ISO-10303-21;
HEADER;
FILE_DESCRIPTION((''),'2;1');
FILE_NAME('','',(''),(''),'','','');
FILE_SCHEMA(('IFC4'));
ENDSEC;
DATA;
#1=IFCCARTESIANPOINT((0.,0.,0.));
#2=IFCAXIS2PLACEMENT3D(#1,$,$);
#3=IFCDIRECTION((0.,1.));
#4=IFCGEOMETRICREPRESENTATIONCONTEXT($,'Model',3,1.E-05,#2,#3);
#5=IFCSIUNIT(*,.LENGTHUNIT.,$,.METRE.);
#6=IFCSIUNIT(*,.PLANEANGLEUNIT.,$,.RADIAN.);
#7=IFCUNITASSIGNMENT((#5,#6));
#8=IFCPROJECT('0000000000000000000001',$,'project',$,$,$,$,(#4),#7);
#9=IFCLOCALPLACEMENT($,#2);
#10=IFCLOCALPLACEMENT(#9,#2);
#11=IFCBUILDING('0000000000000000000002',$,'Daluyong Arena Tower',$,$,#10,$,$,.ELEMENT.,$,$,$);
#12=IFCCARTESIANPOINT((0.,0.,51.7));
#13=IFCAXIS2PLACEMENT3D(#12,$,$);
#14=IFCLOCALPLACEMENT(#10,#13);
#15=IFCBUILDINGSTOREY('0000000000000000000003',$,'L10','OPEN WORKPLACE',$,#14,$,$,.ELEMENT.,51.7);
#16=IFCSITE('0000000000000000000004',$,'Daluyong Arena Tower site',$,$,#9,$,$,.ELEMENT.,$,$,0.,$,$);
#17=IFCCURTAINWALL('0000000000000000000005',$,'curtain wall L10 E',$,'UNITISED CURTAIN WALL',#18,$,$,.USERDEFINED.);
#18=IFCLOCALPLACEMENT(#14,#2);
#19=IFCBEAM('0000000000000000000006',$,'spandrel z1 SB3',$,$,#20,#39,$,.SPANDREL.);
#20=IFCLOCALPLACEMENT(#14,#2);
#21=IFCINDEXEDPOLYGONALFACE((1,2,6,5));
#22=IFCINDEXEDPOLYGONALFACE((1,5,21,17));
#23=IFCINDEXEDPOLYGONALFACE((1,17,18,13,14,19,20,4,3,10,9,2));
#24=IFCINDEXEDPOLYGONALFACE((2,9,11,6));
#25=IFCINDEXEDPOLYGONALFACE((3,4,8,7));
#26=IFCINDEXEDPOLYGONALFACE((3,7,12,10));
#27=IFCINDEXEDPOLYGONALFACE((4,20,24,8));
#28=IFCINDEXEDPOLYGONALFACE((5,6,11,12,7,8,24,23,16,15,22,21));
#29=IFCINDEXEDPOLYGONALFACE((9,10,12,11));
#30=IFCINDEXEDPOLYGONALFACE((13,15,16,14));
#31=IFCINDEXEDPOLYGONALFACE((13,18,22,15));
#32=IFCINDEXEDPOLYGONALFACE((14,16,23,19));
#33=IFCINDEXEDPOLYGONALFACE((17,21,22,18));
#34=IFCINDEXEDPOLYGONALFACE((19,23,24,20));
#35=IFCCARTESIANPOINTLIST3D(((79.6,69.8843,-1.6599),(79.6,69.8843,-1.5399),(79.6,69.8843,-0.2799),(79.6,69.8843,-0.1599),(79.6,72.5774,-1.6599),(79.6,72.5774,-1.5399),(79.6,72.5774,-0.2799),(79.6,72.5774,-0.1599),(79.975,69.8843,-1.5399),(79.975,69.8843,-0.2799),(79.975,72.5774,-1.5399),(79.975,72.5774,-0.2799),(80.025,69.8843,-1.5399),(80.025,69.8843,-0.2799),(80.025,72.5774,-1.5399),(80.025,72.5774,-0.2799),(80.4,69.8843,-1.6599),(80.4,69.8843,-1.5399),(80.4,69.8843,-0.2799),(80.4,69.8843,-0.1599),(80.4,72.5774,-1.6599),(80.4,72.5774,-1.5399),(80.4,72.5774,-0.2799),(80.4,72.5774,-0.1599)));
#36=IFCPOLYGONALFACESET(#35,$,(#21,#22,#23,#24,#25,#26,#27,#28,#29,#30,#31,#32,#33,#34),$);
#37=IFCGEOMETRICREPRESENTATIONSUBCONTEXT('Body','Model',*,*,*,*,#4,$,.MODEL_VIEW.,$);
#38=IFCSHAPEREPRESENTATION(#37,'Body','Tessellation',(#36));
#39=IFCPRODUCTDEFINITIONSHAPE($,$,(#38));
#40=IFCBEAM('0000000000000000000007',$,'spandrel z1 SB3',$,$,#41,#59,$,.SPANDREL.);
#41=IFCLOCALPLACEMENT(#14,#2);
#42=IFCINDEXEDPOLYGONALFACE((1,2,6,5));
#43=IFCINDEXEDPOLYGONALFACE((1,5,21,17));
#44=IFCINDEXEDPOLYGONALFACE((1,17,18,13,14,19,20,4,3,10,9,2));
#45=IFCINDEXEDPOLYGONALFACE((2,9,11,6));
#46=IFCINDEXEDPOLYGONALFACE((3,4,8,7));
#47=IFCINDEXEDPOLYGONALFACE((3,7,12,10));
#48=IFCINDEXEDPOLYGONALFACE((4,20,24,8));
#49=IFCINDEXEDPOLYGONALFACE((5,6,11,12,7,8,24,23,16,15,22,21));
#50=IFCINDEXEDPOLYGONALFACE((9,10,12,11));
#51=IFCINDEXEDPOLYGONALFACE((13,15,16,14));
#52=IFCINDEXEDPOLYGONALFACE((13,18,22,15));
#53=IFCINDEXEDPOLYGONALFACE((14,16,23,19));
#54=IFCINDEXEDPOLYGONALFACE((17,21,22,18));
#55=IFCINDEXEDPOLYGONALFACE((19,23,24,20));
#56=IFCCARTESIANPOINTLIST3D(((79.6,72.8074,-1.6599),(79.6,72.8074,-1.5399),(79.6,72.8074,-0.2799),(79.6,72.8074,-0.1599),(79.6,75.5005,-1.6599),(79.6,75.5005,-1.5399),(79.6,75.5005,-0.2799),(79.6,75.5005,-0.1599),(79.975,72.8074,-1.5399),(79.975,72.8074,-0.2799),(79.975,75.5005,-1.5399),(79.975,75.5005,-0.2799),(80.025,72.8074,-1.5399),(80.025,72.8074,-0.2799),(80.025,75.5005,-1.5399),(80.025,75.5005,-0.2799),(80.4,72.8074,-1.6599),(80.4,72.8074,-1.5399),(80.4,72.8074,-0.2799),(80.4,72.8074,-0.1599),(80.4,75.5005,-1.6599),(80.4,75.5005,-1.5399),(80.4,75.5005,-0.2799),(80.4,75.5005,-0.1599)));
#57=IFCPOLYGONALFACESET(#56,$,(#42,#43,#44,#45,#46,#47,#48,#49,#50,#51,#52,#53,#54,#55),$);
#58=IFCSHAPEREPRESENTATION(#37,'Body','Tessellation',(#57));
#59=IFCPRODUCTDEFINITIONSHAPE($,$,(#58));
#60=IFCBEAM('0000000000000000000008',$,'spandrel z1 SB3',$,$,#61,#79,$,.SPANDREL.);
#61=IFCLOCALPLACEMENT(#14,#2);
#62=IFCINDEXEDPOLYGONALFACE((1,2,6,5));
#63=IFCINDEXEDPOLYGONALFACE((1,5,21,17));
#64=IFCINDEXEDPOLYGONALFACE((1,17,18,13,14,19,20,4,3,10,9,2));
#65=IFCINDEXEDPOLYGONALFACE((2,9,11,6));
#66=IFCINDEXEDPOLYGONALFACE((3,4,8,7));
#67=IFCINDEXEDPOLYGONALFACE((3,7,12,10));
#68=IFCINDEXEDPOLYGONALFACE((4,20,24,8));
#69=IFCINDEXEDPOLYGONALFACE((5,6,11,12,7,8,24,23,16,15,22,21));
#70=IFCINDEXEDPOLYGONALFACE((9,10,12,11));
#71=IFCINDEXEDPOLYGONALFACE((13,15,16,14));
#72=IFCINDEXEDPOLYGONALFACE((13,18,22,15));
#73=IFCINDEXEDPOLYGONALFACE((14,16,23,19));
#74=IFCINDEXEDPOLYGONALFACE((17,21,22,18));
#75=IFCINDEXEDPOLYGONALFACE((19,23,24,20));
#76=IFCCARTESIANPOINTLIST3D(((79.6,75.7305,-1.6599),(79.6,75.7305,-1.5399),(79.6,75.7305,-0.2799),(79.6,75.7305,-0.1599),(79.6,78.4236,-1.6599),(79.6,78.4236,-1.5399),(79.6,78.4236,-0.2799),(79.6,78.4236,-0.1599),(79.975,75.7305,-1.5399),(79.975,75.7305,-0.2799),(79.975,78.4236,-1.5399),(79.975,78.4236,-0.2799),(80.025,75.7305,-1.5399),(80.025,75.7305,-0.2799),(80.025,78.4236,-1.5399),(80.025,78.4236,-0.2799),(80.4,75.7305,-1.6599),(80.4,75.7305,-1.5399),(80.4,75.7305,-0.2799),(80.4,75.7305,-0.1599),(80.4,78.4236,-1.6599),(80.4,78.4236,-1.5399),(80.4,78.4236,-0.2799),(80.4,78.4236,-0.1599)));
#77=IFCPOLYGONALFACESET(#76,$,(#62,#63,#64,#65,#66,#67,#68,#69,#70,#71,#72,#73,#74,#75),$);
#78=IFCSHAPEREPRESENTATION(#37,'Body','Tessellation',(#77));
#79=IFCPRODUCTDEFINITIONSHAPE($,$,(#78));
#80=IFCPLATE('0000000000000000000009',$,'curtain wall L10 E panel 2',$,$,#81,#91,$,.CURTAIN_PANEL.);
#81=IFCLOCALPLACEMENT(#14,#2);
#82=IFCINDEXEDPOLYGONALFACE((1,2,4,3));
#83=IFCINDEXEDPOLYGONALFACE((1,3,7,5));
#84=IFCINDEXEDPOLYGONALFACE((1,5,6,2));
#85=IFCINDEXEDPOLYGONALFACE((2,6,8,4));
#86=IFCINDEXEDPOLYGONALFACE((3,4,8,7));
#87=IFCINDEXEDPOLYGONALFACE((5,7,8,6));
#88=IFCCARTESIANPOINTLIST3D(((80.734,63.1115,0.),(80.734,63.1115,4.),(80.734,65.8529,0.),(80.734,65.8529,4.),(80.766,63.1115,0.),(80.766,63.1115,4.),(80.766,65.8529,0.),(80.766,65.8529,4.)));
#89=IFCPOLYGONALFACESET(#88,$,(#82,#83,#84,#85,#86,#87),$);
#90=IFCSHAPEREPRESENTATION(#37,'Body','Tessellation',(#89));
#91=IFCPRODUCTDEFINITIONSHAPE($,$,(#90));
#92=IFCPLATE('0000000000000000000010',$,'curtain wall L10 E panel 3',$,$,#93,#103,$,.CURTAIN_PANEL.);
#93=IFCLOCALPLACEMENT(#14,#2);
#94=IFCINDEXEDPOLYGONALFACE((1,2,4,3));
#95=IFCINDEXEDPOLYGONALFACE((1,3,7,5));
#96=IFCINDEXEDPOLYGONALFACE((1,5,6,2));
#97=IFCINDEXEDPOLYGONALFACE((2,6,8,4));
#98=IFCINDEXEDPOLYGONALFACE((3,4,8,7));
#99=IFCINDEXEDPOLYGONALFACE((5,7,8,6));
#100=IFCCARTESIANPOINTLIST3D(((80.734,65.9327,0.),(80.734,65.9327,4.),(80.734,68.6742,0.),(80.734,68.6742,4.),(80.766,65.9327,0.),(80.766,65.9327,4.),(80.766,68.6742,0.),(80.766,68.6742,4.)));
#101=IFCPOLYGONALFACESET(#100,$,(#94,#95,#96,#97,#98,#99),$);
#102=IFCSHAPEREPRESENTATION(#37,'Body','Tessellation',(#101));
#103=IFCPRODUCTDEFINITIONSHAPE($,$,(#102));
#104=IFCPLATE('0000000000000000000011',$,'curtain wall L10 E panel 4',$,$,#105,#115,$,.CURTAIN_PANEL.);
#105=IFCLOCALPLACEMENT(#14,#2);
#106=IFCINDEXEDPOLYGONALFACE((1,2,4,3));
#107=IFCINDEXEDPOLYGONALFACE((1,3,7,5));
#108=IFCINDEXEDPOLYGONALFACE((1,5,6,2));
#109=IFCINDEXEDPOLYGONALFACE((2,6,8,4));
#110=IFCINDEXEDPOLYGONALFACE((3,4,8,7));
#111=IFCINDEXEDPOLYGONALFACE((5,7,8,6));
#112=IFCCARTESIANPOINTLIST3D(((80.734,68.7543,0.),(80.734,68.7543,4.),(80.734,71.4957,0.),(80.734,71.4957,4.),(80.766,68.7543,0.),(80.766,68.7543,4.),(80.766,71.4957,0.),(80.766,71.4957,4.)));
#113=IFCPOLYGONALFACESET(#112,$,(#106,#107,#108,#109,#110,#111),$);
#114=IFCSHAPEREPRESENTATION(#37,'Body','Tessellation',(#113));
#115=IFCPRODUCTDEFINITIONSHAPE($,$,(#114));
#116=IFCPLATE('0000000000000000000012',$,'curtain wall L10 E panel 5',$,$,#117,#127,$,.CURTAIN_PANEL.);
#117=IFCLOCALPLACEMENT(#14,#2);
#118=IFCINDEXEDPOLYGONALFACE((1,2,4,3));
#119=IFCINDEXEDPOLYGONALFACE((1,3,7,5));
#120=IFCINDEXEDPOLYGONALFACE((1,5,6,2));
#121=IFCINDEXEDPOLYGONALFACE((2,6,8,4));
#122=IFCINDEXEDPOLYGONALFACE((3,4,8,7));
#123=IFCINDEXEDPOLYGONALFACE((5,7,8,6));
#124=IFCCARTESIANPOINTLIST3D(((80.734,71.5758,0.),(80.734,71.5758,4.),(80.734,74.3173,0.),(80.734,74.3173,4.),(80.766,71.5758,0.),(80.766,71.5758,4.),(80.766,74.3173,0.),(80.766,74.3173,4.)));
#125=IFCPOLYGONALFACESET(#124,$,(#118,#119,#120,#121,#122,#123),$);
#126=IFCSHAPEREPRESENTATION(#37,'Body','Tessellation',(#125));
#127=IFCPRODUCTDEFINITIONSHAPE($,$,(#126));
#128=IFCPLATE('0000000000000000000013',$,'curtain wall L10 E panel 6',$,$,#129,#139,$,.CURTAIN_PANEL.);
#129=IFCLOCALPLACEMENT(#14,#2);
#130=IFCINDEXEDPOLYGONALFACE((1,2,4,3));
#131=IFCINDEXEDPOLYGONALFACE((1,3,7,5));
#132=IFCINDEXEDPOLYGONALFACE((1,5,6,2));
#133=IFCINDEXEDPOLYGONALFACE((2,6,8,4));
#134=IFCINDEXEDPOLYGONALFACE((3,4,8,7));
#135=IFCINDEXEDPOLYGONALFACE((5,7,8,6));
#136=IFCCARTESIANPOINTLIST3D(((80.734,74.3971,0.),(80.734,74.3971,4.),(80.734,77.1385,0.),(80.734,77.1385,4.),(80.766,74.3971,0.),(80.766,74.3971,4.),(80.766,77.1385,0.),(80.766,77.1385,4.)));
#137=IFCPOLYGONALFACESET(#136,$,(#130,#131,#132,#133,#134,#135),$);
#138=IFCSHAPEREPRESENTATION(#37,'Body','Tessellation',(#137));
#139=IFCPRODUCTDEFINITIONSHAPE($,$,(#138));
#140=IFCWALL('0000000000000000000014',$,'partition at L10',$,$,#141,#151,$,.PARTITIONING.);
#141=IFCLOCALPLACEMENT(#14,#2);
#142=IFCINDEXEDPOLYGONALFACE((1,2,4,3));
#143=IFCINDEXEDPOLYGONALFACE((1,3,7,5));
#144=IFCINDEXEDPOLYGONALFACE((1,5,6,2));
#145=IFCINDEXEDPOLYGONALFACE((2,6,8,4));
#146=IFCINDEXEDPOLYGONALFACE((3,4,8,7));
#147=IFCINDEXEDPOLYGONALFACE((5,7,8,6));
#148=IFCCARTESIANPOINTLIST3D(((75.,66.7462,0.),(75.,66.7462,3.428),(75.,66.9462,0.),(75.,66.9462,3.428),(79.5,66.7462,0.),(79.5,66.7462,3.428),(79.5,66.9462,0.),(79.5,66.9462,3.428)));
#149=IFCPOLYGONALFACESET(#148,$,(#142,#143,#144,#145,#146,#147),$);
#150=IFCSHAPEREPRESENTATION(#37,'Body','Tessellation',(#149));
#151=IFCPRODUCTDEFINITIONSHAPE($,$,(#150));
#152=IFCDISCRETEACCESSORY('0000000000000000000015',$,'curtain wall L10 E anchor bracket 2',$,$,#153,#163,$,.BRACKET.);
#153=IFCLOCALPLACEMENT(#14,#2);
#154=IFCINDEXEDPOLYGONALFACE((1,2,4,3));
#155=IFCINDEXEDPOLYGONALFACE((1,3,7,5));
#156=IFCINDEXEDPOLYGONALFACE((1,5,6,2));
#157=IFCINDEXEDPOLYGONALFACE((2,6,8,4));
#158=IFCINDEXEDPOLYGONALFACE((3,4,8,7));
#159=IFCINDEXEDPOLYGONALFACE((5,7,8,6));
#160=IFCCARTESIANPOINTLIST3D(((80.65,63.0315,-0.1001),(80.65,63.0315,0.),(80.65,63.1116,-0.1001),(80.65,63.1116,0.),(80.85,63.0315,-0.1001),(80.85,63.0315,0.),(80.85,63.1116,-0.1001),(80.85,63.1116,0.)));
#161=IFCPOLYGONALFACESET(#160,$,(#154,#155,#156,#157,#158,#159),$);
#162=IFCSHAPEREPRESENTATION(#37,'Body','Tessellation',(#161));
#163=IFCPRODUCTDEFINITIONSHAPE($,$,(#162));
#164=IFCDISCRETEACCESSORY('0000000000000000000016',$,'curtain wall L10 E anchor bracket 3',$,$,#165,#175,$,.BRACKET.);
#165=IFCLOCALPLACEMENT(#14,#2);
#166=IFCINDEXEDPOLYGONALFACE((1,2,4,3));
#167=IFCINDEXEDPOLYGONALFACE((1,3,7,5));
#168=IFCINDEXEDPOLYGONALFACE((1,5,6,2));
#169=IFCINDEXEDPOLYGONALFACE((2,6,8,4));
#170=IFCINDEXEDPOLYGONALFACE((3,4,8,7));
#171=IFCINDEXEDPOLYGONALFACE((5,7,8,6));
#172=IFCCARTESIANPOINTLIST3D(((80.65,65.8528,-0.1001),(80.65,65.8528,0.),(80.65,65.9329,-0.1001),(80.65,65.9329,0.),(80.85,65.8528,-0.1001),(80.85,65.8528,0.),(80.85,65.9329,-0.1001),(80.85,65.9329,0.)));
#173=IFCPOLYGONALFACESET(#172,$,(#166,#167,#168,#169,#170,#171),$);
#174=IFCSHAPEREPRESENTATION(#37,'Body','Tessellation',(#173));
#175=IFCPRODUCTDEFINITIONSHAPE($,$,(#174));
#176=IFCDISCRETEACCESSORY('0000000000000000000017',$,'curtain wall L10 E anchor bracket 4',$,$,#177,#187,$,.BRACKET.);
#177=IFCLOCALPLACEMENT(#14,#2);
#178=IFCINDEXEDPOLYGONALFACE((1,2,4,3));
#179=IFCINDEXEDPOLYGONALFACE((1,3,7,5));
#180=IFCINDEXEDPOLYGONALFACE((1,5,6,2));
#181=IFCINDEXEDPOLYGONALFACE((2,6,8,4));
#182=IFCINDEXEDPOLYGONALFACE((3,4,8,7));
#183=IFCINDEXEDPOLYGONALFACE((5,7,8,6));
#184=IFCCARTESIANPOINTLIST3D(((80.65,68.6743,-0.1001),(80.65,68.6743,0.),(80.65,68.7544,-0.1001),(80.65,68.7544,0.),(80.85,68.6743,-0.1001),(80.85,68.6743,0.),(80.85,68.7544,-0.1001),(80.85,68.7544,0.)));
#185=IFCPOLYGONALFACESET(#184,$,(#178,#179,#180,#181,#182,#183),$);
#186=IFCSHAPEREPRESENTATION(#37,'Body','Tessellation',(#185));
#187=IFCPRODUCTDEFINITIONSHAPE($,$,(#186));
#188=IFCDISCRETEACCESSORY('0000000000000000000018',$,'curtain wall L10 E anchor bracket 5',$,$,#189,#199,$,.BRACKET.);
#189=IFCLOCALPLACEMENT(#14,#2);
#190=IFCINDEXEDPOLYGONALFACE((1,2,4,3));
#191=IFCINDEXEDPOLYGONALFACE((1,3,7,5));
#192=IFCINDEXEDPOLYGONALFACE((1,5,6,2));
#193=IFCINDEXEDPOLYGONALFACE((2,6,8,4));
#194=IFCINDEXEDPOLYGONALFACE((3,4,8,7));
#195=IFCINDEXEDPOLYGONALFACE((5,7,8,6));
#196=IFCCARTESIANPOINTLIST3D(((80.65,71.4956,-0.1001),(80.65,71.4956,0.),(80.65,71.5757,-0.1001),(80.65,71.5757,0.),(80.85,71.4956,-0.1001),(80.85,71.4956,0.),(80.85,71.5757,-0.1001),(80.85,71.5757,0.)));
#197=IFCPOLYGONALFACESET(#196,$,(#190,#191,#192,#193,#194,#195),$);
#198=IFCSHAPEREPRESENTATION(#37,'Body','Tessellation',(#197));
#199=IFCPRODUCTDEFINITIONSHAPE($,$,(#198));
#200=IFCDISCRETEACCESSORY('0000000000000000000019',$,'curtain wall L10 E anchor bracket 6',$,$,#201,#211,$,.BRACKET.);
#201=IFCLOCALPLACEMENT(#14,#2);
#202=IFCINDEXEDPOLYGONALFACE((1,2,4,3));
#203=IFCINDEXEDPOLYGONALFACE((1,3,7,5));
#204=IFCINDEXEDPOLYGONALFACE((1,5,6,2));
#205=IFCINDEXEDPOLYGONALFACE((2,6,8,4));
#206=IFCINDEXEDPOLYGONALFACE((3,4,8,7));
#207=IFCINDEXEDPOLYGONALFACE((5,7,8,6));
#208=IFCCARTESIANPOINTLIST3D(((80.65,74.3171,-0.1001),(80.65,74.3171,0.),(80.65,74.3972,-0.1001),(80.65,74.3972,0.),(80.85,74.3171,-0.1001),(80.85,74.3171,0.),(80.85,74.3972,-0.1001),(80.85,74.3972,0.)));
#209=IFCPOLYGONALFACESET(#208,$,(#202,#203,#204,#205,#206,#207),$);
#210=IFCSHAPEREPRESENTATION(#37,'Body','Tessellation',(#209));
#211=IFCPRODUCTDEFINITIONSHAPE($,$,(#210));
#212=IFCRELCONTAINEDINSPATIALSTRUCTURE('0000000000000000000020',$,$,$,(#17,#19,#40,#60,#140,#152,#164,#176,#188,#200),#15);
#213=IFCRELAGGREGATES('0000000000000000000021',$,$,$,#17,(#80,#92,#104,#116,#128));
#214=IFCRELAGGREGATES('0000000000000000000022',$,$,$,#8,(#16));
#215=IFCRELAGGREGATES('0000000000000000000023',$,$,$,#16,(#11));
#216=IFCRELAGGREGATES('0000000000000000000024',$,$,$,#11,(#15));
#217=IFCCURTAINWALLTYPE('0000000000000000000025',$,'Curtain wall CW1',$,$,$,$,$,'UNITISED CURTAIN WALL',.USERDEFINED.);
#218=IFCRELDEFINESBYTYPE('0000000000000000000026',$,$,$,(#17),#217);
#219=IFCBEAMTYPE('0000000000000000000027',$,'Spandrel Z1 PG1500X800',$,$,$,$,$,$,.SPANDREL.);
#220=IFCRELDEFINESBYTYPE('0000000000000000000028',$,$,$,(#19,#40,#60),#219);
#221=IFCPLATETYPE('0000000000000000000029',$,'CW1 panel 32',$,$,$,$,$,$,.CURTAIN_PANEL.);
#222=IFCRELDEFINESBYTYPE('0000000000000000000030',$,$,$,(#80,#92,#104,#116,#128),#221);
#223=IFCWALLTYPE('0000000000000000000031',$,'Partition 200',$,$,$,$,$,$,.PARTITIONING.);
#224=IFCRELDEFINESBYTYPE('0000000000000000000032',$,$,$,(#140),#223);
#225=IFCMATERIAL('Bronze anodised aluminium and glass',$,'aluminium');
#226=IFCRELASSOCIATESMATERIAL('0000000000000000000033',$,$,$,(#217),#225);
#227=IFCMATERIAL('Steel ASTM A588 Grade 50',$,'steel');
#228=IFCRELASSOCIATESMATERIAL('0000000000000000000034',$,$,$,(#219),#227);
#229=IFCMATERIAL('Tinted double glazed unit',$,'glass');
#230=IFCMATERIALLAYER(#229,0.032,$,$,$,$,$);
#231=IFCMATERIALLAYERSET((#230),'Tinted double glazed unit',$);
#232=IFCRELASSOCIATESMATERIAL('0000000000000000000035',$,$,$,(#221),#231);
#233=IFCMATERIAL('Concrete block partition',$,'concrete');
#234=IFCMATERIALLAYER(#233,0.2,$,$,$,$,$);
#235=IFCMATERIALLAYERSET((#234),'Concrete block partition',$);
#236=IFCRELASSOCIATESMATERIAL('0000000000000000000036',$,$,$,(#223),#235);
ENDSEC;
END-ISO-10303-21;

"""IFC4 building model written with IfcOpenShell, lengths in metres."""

from ifc_helpers import new_model, si_unit, direction, frame, frame_2d, origin, origin_2d, place, context, subcontext, project, spatial, rectangle, i_section, extrude, material, layer, layer_set, material_profile, profile_set, type_object, element, aggregate, save


model = new_model("IFC4")

# Units and contexts
model_context = context("Model", 3, precision=1e-05, world=origin(), true_north=direction((0.0, 1.0)))
body_context = subcontext(model_context, "Body", "Model", "MODEL_VIEW")
ifc_project = project(units=[si_unit("LENGTHUNIT", "METRE"), si_unit("PLANEANGLEUNIT", "RADIAN")], contexts=[model_context])

# Site, building, storey
site_placement = place(None, origin())
site = spatial("IfcSite", under=ifc_project, at=site_placement, Name="Daluyong Arena Tower site", CompositionType="ELEMENT", RefElevation=0.0)
building_placement = place(site_placement, origin())
building = spatial("IfcBuilding", under=site, at=building_placement, Name="Daluyong Arena Tower", CompositionType="ELEMENT")
storey_placement = place(building_placement, frame((0.0, 0.0, 51.7)))
storey = spatial("IfcBuildingStorey", under=building, at=storey_placement, Name="L10", Description="OPEN WORKPLACE", CompositionType="ELEMENT", Elevation=51.7)

# Curtain wall
ifc_material_1 = material(Name="Bronze anodised aluminium and glass", Category="aluminium")
curtain_wall_type = type_object("IfcCurtainWallType", Name="Curtain wall CW1", ElementType="UNITISED CURTAIN WALL", PredefinedType="USERDEFINED", material=ifc_material_1)
curtain_wall_placement = place(storey_placement, origin())
curtain_wall = element("IfcCurtainWall", 1, at=curtain_wall_placement, inside=storey, type_object=curtain_wall_type, Name="curtain wall L10 E", ObjectType="UNITISED CURTAIN WALL", PredefinedType="USERDEFINED")

# Beams
ifc_material_2 = material(Name="Steel ASTM A588 Grade 50", Category="steel")
ifc_material_profile_1 = material_profile(ifc_material_2, i_section(OverallWidth=0.8, OverallDepth=1.5, WebThickness=0.05, FlangeThickness=0.12, at=origin_2d()))
ifc_profile_set_1 = profile_set([ifc_material_profile_1], Name="Steel ASTM A588 Grade 50")
beam_type_1 = type_object("IfcBeamType", Name="Spandrel Z1 PG1500X800", PredefinedType="SPANDREL", material=ifc_profile_set_1)
for number, where, z_axis, x_axis, name in (
    (2, (80.0, 69.8843, -0.9099), (0.0, 1.0, 0.0), (-1.0, 0.0, 0.0), "spandrel z1 SB3"),
    (3, (80.0, 72.8074, -0.9099), (0.0, 1.0, 0.0), (-1.0, 0.0, 0.0), "spandrel z1 SB3"),
    (4, (80.0, 75.7305, -0.9099), (0.0, 1.0, 0.0), (-1.0, 0.0, 0.0), "spandrel z1 SB3"),
):
    element("IfcBeam", number, at=place(storey_placement, frame(where, z_axis=z_axis, x_axis=x_axis)), inside=storey, type_object=beam_type_1, Name=name, PredefinedType="SPANDREL", context=body_context, shape_type="SweptSolid", body=[
        extrude(i_section(OverallWidth=0.8, OverallDepth=1.5, WebThickness=0.05, FlangeThickness=0.12, at=origin_2d()), origin(), (0.0, 0.0, 1.0), 2.6931),
    ])

# Plates
ifc_material_3 = material(Name="Tinted double glazed unit", Category="glass")
ifc_layer_1 = layer(ifc_material_3, 0.032)
ifc_layer_set_1 = layer_set([ifc_layer_1], Name="Tinted double glazed unit")
plate_type = type_object("IfcPlateType", Name="CW1 panel 32", PredefinedType="CURTAIN_PANEL", material=ifc_layer_set_1)
plate_1_placement = place(storey_placement, frame((80.75, 64.4822, 0.0), z_axis=(0.0, 0.0, 1.0), x_axis=(0.0, 1.0, 0.0)))
plate_1 = element("IfcPlate", 5, at=plate_1_placement, type_object=plate_type, Name="curtain wall L10 E panel 2", PredefinedType="CURTAIN_PANEL", context=body_context, shape_type="SweptSolid", body=[
    extrude(rectangle(XDim=2.7415, YDim=0.032, at=origin_2d()), origin(), (0.0, 0.0, 1.0), 4.0),
])
plate_2_placement = place(storey_placement, frame((80.75, 67.3035, 0.0), z_axis=(0.0, 0.0, 1.0), x_axis=(0.0, 1.0, 0.0)))
plate_2 = element("IfcPlate", 6, at=plate_2_placement, type_object=plate_type, Name="curtain wall L10 E panel 3", PredefinedType="CURTAIN_PANEL", context=body_context, shape_type="SweptSolid", body=[
    extrude(rectangle(XDim=2.7415, YDim=0.032, at=origin_2d()), origin(), (0.0, 0.0, 1.0), 4.0),
])
plate_3_placement = place(storey_placement, frame((80.75, 70.125, 0.0), z_axis=(0.0, 0.0, 1.0), x_axis=(0.0, 1.0, 0.0)))
plate_3 = element("IfcPlate", 7, at=plate_3_placement, type_object=plate_type, Name="curtain wall L10 E panel 4", PredefinedType="CURTAIN_PANEL", context=body_context, shape_type="SweptSolid", body=[
    extrude(rectangle(XDim=2.7415, YDim=0.032, at=origin_2d()), origin(), (0.0, 0.0, 1.0), 4.0),
])
plate_4_placement = place(storey_placement, frame((80.75, 72.9465, 0.0), z_axis=(0.0, 0.0, 1.0), x_axis=(0.0, 1.0, 0.0)))
plate_4 = element("IfcPlate", 8, at=plate_4_placement, type_object=plate_type, Name="curtain wall L10 E panel 5", PredefinedType="CURTAIN_PANEL", context=body_context, shape_type="SweptSolid", body=[
    extrude(rectangle(XDim=2.7415, YDim=0.032, at=origin_2d()), origin(), (0.0, 0.0, 1.0), 4.0),
])
plate_5_placement = place(storey_placement, frame((80.75, 75.7678, 0.0), z_axis=(0.0, 0.0, 1.0), x_axis=(0.0, 1.0, 0.0)))
plate_5 = element("IfcPlate", 9, at=plate_5_placement, type_object=plate_type, Name="curtain wall L10 E panel 6", PredefinedType="CURTAIN_PANEL", context=body_context, shape_type="SweptSolid", body=[
    extrude(rectangle(XDim=2.7415, YDim=0.032, at=origin_2d()), origin(), (0.0, 0.0, 1.0), 4.0),
])
aggregate(curtain_wall, [plate_1, plate_2, plate_3, plate_4, plate_5])

# Wall
ifc_material_4 = material(Name="Concrete block partition", Category="concrete")
ifc_layer_2 = layer(ifc_material_4, 0.2)
ifc_layer_set_2 = layer_set([ifc_layer_2], Name="Concrete block partition")
wall_type = type_object("IfcWallType", Name="Partition 200", PredefinedType="PARTITIONING", material=ifc_layer_set_2)
wall_placement = place(storey_placement, frame((75.0, 66.8462, 0.0), z_axis=(0.0, 0.0, 1.0), x_axis=(1.0, 0.0, 0.0)))
element("IfcWall", 10, at=wall_placement, inside=storey, type_object=wall_type, Name="partition at L10", PredefinedType="PARTITIONING", context=body_context, shape_type="SweptSolid", body=[
    extrude(rectangle(XDim=4.5, YDim=0.2, at=frame_2d((2.25, 0.0))), origin(), (0.0, 0.0, 1.0), 3.428),
])

# Discrete accessories
for number, where, z_axis, x_axis, name in (
    (11, (80.75, 63.0715, -0.1001), (0.0, 0.0, 1.0), (0.0, 1.0, 0.0), "curtain wall L10 E anchor bracket 2"),
    (12, (80.75, 65.8928, -0.1001), (0.0, 0.0, 1.0), (0.0, 1.0, 0.0), "curtain wall L10 E anchor bracket 3"),
    (13, (80.75, 68.7144, -0.1001), (0.0, 0.0, 1.0), (0.0, 1.0, 0.0), "curtain wall L10 E anchor bracket 4"),
    (14, (80.75, 71.5356, -0.1001), (0.0, 0.0, 1.0), (0.0, 1.0, 0.0), "curtain wall L10 E anchor bracket 5"),
    (15, (80.75, 74.3572, -0.1001), (0.0, 0.0, 1.0), (0.0, 1.0, 0.0), "curtain wall L10 E anchor bracket 6"),
):
    element("IfcDiscreteAccessory", number, at=place(storey_placement, frame(where, z_axis=z_axis, x_axis=x_axis)), inside=storey, Name=name, PredefinedType="BRACKET", context=body_context, shape_type="SweptSolid", body=[
        extrude(rectangle(XDim=0.0801, YDim=0.2, at=origin_2d()), origin(), (0.0, 0.0, 1.0), 0.1001),
    ])

save(model, "model.ifc")
